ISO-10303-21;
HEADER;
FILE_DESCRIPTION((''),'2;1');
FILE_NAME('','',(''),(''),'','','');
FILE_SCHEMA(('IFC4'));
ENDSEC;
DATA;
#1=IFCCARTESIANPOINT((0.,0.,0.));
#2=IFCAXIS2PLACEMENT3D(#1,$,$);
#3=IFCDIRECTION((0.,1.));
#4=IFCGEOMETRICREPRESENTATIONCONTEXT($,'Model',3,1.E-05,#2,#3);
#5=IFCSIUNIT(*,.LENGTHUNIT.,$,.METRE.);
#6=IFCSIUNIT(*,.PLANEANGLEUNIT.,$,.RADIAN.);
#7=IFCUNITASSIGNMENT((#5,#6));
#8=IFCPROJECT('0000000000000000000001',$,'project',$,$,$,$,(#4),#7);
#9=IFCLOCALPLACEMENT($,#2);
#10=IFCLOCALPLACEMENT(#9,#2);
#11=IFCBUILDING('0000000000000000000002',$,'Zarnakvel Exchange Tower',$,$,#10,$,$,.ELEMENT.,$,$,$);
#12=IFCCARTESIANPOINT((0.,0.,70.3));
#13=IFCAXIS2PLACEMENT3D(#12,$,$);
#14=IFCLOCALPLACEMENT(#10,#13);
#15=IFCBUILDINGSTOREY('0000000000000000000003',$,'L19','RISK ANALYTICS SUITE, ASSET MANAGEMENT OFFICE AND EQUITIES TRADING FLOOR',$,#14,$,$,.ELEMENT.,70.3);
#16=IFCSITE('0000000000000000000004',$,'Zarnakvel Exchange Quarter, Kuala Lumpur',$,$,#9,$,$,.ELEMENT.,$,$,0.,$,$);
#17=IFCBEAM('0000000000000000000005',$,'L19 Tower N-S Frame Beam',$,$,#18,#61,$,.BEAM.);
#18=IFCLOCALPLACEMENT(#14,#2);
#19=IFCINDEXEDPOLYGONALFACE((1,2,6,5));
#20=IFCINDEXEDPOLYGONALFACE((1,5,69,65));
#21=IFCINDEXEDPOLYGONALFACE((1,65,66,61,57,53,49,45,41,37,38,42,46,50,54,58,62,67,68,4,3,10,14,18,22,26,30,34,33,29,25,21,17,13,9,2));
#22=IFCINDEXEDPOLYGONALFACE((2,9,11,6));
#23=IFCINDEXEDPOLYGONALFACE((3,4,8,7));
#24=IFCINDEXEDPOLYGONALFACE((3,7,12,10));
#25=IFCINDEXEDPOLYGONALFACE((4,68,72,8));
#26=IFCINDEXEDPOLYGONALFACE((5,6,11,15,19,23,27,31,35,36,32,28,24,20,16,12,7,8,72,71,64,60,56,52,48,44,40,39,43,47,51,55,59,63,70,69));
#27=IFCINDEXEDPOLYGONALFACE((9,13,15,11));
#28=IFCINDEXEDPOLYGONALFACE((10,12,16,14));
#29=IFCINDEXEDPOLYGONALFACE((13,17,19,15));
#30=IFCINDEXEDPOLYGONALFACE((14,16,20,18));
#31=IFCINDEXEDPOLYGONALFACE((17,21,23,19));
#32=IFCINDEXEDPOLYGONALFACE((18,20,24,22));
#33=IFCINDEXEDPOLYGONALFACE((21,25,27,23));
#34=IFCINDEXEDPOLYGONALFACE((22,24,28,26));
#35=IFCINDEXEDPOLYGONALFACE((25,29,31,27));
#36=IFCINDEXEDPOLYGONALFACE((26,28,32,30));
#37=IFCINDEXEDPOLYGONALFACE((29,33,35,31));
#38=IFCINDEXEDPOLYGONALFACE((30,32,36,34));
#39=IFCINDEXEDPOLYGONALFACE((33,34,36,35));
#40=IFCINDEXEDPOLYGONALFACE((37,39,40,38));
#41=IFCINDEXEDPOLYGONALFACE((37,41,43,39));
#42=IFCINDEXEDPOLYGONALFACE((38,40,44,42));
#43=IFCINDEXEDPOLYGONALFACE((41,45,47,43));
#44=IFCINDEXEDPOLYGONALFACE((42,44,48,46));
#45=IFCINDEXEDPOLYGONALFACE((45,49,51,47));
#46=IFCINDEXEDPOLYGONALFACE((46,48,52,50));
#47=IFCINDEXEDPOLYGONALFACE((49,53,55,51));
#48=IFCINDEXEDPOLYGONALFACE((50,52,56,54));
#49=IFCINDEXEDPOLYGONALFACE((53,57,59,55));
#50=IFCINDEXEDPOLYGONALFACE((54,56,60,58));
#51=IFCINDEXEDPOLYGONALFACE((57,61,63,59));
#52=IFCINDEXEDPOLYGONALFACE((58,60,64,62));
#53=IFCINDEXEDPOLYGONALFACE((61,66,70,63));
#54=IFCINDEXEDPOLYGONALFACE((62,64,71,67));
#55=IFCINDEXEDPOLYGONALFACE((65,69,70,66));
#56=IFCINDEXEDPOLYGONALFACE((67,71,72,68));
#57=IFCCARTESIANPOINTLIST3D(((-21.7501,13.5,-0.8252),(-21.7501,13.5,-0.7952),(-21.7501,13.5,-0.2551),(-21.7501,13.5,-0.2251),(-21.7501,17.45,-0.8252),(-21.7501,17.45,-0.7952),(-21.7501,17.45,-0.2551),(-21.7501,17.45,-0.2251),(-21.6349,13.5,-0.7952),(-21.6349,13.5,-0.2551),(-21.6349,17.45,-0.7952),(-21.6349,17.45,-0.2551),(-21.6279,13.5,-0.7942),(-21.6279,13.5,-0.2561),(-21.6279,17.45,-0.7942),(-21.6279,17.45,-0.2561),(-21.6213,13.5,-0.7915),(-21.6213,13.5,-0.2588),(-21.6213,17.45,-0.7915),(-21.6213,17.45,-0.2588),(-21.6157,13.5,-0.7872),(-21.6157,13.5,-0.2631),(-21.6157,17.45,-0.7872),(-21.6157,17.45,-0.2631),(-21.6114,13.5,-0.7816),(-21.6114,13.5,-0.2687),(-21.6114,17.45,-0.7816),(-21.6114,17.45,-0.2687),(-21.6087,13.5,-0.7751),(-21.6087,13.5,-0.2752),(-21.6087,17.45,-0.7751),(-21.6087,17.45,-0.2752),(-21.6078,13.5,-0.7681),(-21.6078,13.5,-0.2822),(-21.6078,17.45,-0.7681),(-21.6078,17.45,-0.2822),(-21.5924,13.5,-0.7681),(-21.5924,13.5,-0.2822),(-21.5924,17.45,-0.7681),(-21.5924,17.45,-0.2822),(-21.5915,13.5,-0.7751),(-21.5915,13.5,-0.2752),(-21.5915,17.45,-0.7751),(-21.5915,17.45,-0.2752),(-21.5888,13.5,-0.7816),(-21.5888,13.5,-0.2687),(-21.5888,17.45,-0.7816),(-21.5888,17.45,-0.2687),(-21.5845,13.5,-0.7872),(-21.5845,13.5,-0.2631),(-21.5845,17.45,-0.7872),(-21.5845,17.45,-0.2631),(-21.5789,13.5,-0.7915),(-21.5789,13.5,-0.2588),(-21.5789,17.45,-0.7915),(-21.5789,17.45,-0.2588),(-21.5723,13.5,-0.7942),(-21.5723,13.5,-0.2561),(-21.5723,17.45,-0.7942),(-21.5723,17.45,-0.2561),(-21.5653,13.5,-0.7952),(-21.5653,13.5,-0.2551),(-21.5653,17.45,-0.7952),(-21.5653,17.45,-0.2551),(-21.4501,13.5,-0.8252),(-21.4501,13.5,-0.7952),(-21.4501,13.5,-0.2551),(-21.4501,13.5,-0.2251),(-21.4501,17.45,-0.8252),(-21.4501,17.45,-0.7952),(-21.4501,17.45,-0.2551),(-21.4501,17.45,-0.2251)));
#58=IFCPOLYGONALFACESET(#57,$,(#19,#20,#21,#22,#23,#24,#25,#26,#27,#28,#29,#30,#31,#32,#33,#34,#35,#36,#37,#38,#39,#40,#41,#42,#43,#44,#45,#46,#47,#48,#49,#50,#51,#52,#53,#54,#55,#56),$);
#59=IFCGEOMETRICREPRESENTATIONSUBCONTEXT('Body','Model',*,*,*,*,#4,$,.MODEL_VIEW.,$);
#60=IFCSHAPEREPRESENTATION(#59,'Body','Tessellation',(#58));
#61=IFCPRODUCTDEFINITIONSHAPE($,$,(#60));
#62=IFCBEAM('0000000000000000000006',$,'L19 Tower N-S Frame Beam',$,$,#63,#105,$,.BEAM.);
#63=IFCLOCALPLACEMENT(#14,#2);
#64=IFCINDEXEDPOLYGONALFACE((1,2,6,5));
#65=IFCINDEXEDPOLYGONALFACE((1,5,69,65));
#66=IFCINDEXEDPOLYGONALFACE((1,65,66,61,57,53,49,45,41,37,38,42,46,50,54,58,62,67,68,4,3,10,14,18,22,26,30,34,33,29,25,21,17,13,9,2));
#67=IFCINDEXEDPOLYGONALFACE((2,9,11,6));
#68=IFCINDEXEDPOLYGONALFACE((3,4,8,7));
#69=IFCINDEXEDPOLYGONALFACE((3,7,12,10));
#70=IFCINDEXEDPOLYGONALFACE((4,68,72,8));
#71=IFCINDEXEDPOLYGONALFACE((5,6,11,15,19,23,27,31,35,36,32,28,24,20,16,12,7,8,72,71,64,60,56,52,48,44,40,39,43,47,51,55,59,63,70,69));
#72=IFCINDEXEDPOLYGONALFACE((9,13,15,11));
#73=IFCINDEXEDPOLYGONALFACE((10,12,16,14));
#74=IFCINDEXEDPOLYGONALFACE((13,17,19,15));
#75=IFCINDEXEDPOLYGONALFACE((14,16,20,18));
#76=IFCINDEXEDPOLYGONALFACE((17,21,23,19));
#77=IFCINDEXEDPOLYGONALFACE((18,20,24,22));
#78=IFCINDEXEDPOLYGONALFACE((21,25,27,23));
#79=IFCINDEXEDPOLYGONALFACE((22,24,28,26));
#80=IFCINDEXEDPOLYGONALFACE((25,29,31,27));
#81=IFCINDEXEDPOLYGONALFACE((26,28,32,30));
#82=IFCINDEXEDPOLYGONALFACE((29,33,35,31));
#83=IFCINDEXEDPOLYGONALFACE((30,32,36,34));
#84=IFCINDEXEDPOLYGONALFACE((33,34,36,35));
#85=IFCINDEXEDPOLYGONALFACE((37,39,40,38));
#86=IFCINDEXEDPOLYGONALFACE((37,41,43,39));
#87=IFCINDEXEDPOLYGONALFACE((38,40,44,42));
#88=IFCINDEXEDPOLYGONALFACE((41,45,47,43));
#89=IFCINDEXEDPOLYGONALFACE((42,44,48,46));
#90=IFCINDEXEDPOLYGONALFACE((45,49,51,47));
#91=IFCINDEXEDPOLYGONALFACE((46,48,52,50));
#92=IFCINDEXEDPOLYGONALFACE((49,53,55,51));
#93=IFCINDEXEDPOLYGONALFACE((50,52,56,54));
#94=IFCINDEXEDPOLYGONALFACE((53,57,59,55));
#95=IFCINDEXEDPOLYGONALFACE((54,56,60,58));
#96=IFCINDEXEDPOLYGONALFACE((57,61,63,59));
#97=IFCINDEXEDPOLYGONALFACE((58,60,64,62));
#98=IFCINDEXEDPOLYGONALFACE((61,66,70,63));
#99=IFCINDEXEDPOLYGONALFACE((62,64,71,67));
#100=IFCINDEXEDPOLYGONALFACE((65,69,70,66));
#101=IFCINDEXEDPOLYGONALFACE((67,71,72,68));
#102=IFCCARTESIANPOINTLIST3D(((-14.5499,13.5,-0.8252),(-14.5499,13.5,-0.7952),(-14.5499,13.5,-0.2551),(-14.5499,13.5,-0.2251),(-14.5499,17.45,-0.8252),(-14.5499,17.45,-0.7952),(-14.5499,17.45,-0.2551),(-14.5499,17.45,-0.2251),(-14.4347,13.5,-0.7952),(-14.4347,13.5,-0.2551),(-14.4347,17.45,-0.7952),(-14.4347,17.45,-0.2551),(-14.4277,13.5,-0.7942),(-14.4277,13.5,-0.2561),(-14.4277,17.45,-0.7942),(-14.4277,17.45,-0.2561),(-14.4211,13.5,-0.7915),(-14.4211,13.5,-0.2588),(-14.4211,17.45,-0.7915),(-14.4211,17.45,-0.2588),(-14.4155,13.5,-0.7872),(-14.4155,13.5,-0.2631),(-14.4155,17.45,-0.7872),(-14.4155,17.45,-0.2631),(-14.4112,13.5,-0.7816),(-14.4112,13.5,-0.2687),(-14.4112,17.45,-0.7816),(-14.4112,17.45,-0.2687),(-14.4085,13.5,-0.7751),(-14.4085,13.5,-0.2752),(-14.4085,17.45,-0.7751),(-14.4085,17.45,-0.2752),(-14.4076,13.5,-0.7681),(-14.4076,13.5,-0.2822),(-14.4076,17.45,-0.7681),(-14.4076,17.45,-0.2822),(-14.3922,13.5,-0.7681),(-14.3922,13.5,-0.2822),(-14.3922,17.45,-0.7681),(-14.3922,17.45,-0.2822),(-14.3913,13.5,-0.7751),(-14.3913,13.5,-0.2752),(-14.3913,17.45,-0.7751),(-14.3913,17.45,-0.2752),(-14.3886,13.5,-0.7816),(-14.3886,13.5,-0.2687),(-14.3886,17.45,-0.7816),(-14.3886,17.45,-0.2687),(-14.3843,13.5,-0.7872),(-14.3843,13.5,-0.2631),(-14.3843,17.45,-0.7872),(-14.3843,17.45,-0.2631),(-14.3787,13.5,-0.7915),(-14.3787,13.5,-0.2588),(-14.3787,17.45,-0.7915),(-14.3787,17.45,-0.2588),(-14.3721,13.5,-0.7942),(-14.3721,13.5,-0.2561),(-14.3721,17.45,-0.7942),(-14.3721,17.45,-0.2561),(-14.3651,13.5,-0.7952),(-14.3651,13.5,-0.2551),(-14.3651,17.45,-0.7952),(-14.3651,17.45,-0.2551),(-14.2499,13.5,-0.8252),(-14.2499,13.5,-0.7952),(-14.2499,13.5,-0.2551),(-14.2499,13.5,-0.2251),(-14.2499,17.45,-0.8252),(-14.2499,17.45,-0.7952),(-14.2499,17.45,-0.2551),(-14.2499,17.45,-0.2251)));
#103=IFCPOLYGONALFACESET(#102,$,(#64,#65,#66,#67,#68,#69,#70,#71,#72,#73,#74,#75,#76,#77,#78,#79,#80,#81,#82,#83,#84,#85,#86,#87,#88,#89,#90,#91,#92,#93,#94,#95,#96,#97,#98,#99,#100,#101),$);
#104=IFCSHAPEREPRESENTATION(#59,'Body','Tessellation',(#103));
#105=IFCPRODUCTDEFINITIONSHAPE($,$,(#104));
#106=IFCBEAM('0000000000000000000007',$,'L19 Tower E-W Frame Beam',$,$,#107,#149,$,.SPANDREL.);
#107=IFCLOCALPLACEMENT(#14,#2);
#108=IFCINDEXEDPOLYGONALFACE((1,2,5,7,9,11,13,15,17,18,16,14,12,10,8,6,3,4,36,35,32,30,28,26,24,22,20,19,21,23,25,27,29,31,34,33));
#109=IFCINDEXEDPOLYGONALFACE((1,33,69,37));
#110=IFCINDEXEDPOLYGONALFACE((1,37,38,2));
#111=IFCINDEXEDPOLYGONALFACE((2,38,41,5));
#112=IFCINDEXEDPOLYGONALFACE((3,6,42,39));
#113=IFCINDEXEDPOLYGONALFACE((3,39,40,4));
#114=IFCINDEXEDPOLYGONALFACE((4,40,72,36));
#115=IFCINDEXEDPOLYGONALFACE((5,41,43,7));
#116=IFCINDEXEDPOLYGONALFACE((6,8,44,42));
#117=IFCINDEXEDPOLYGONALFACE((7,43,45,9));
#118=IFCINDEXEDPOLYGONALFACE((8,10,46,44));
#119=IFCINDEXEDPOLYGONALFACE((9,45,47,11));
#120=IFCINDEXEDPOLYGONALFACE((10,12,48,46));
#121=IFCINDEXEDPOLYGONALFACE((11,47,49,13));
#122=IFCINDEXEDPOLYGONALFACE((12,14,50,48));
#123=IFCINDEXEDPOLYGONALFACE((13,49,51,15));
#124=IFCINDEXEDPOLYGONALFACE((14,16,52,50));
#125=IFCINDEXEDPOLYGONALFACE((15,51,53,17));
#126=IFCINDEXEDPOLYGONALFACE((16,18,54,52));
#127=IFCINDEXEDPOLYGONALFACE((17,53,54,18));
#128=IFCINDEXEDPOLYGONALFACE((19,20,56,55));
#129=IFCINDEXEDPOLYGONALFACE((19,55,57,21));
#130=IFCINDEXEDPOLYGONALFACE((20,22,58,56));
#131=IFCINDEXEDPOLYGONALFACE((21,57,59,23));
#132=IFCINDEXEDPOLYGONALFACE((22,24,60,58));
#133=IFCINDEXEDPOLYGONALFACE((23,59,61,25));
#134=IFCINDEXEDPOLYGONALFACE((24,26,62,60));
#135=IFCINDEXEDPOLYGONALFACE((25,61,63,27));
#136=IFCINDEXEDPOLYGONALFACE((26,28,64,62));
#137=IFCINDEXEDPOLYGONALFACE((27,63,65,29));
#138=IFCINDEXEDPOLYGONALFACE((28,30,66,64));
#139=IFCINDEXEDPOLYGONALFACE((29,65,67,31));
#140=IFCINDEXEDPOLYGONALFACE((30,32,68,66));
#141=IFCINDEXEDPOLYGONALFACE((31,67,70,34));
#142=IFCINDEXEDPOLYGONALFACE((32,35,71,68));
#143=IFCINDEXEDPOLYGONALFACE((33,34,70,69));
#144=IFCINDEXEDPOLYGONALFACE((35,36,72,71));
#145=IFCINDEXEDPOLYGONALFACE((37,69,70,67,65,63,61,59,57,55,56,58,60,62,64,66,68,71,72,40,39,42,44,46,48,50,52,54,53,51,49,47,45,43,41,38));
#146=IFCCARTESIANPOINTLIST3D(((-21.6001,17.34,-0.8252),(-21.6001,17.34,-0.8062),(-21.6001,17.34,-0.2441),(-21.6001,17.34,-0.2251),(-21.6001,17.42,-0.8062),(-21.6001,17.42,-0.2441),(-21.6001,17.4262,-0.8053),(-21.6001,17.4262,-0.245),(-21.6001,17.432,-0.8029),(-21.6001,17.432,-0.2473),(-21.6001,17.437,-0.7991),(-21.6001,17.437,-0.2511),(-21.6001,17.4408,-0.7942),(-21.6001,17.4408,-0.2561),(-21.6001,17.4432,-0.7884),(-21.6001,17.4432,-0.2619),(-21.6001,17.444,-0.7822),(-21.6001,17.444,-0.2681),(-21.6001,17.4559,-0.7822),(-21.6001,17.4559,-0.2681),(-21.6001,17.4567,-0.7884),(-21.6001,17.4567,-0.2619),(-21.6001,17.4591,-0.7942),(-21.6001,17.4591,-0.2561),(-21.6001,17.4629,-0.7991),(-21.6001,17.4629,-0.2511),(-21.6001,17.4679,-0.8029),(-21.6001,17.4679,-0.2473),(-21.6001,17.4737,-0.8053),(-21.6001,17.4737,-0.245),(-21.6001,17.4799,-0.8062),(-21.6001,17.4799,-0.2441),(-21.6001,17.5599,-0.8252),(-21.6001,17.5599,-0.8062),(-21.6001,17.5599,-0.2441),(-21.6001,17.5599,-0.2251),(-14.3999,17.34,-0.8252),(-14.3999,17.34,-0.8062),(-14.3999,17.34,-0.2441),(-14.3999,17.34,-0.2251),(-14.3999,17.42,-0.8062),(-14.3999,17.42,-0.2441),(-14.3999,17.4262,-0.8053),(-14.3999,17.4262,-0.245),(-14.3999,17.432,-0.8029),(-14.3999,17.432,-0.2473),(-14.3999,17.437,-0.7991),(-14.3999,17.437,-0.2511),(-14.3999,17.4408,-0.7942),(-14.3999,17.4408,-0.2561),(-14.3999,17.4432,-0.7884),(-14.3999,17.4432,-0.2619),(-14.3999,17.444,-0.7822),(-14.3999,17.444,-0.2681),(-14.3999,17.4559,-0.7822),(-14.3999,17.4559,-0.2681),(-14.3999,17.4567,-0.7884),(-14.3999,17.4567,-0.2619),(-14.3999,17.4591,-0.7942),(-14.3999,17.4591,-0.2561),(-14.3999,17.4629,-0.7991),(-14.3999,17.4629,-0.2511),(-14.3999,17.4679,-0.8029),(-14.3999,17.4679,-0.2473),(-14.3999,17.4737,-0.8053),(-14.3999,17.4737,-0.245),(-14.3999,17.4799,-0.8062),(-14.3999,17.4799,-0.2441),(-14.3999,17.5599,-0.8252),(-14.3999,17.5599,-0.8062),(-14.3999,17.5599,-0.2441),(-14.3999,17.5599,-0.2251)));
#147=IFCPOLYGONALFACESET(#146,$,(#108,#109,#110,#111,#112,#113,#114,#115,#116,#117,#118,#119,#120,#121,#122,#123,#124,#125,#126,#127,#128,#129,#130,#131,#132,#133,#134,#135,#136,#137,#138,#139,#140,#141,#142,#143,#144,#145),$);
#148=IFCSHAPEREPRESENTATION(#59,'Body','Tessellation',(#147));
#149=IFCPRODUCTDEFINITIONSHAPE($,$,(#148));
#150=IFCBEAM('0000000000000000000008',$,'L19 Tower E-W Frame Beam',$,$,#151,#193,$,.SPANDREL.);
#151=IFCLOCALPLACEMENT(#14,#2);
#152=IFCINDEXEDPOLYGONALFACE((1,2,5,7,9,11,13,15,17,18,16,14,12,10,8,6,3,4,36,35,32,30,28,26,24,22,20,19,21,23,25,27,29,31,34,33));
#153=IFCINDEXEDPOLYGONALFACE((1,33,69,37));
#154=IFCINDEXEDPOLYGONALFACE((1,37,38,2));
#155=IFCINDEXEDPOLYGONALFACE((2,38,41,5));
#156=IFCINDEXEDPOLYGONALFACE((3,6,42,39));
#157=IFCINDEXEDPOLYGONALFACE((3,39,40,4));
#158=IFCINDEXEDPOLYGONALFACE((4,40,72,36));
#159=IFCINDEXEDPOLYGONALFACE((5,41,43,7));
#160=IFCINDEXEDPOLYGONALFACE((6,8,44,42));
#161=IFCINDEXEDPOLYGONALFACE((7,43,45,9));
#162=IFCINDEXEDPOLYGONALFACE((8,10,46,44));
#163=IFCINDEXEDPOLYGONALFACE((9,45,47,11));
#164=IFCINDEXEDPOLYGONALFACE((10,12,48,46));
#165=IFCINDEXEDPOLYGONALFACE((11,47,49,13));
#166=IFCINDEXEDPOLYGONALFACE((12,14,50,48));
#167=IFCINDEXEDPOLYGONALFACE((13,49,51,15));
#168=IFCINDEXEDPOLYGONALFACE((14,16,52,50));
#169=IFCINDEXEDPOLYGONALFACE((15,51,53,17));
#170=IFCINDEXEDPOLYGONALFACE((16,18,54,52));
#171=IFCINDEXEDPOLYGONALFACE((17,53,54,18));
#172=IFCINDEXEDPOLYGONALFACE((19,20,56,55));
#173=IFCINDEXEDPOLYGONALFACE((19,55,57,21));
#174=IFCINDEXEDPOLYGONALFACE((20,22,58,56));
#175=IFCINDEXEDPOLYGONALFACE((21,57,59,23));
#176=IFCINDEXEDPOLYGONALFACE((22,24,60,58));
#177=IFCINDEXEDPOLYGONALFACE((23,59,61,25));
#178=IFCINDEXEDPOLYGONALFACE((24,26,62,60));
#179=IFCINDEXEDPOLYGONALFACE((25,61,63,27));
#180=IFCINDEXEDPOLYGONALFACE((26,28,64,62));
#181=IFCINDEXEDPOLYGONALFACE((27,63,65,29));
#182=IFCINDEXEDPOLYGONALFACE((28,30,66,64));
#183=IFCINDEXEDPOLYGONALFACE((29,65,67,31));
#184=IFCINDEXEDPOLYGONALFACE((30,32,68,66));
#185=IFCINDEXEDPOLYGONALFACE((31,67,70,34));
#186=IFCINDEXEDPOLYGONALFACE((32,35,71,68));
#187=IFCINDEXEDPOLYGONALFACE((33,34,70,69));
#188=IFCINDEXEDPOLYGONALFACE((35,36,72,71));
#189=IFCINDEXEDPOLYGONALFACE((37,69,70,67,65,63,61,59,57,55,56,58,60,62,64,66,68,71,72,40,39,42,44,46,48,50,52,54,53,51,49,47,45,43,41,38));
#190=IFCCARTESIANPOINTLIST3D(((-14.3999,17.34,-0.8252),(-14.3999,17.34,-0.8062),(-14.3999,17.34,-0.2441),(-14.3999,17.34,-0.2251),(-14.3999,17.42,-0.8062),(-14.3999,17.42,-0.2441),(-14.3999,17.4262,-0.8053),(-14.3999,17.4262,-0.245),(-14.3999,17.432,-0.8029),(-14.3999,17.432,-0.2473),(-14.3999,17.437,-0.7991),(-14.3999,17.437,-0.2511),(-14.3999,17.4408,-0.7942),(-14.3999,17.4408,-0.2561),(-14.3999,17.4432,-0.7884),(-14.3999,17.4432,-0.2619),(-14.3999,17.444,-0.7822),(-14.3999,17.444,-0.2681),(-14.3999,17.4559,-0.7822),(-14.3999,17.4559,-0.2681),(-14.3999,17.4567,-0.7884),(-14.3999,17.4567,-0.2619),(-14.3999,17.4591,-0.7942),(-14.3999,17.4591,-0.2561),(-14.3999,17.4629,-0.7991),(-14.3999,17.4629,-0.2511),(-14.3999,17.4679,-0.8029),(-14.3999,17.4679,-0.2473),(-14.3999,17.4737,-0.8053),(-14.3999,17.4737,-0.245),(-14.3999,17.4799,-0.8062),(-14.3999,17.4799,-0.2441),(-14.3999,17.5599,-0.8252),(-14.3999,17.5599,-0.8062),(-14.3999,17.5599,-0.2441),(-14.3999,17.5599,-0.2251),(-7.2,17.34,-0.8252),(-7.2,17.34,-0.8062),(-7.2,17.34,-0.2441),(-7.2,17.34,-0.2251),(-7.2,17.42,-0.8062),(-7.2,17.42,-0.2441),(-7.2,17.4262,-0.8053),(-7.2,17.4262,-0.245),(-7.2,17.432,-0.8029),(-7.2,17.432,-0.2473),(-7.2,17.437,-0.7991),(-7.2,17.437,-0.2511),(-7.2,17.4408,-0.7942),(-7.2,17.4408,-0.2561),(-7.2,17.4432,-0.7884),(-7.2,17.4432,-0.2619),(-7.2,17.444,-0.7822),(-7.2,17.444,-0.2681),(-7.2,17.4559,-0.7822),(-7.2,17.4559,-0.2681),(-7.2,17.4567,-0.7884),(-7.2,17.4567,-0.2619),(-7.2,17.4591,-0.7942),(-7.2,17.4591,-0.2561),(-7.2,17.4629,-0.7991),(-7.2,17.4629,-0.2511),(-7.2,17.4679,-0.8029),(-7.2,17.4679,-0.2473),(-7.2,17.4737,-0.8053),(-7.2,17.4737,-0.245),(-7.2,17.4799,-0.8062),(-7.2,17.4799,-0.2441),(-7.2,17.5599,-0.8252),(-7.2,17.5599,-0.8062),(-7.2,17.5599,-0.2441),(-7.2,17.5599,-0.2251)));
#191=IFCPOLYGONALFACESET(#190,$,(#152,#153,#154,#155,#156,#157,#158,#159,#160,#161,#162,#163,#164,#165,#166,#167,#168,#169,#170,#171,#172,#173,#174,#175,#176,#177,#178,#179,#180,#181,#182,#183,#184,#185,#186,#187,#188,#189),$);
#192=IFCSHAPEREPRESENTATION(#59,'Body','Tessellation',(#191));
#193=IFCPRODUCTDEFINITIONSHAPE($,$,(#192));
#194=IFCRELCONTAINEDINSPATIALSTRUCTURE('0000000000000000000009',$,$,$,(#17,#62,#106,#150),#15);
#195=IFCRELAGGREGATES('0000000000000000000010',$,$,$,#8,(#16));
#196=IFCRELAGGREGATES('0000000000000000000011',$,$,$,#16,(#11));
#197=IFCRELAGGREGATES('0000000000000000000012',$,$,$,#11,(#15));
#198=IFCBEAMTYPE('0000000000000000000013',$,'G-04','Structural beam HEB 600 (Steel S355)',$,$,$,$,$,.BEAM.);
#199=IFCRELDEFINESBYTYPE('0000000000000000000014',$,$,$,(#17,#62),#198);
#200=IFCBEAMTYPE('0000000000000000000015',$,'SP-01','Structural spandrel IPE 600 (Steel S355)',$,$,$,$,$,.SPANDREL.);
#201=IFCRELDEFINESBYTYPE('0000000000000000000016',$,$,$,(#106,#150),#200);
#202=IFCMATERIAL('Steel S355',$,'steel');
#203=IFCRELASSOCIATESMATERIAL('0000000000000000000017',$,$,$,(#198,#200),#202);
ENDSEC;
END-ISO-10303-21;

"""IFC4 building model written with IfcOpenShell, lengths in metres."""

from ifc_helpers import new_model, si_unit, direction, frame, origin, origin_2d, place, context, subcontext, project, spatial, i_section, extrude, material, material_profile, profile_set, type_object, element, save


model = new_model("IFC4")

# Units and contexts
model_context = context("Model", 3, precision=1e-05, world=origin(), true_north=direction((0.0, 1.0)))
body_context = subcontext(model_context, "Body", "Model", "MODEL_VIEW")
ifc_project = project(units=[si_unit("LENGTHUNIT", "METRE"), si_unit("PLANEANGLEUNIT", "RADIAN")], contexts=[model_context])

# Site, building, storey
site_placement = place(None, origin())
site = spatial("IfcSite", under=ifc_project, at=site_placement, Name="Zarnakvel Exchange Quarter, Kuala Lumpur", CompositionType="ELEMENT", RefElevation=0.0)
building_placement = place(site_placement, origin())
building = spatial("IfcBuilding", under=site, at=building_placement, Name="Zarnakvel Exchange Tower", CompositionType="ELEMENT")
storey_placement = place(building_placement, frame((0.0, 0.0, 70.3)))
storey = spatial("IfcBuildingStorey", under=building, at=storey_placement, Name="L19", Description="RISK ANALYTICS SUITE, ASSET MANAGEMENT OFFICE AND EQUITIES TRADING FLOOR", CompositionType="ELEMENT", Elevation=70.3)

# Beams
ifc_material_1 = material(Name="Steel S355", Category="steel")
ifc_material_profile_1 = material_profile(ifc_material_1, i_section(OverallWidth=0.3, OverallDepth=0.6001, WebThickness=0.0154, FlangeThickness=0.03, FilletRadius=0.0271, at=origin_2d()))
ifc_profile_set_1 = profile_set([ifc_material_profile_1], Name="Steel S355")
beam_type_1 = type_object("IfcBeamType", Name="G-04", Description="Structural beam HEB 600 (Steel S355)", PredefinedType="BEAM", material=ifc_profile_set_1)
for number, where, z_axis, x_axis, name in (
    (1, (-21.6001, 13.5, -0.5251), (0.0, 1.0, 0.0), (-1.0, 0.0, 0.0), "L19 Tower N-S Frame Beam"),
    (2, (-14.3999, 13.5, -0.5251), (0.0, 1.0, 0.0), (-1.0, 0.0, 0.0), "L19 Tower N-S Frame Beam"),
):
    element("IfcBeam", number, at=place(storey_placement, frame(where, z_axis=z_axis, x_axis=x_axis)), inside=storey, type_object=beam_type_1, Name=name, PredefinedType="BEAM", context=body_context, shape_type="SweptSolid", body=[
        extrude(i_section(OverallWidth=0.3, OverallDepth=0.6001, WebThickness=0.0154, FlangeThickness=0.03, FilletRadius=0.0271, at=origin_2d()), origin(), (0.0, 0.0, 1.0), 3.95),
    ])
ifc_material_profile_2 = material_profile(ifc_material_1, i_section(OverallWidth=0.22, OverallDepth=0.6001, WebThickness=0.012, FlangeThickness=0.019, FilletRadius=0.0239, at=origin_2d()))
ifc_profile_set_2 = profile_set([ifc_material_profile_2], Name="Steel S355")
beam_type_2 = type_object("IfcBeamType", Name="SP-01", Description="Structural spandrel IPE 600 (Steel S355)", PredefinedType="SPANDREL", material=ifc_profile_set_2)
beam_1_placement = place(storey_placement, frame((-21.6001, 17.45, -0.5251), z_axis=(1.0, 0.0, 0.0), x_axis=(0.0, 1.0, 0.0)))
element("IfcBeam", 3, at=beam_1_placement, inside=storey, type_object=beam_type_2, Name="L19 Tower E-W Frame Beam", PredefinedType="SPANDREL", context=body_context, shape_type="SweptSolid", body=[
    extrude(i_section(OverallWidth=0.22, OverallDepth=0.6001, WebThickness=0.012, FlangeThickness=0.019, FilletRadius=0.0239, at=origin_2d()), origin(), (0.0, 0.0, 1.0), 7.2002),
])
beam_2_placement = place(storey_placement, frame((-14.3999, 17.45, -0.5251), z_axis=(1.0, 0.0, 0.0), x_axis=(0.0, 1.0, 0.0)))
element("IfcBeam", 4, at=beam_2_placement, inside=storey, type_object=beam_type_2, Name="L19 Tower E-W Frame Beam", PredefinedType="SPANDREL", context=body_context, shape_type="SweptSolid", body=[
    extrude(i_section(OverallWidth=0.22, OverallDepth=0.6001, WebThickness=0.012, FlangeThickness=0.019, FilletRadius=0.0239, at=origin_2d()), origin(), (0.0, 0.0, 1.0), 7.2),
])

save(model, "model.ifc")
